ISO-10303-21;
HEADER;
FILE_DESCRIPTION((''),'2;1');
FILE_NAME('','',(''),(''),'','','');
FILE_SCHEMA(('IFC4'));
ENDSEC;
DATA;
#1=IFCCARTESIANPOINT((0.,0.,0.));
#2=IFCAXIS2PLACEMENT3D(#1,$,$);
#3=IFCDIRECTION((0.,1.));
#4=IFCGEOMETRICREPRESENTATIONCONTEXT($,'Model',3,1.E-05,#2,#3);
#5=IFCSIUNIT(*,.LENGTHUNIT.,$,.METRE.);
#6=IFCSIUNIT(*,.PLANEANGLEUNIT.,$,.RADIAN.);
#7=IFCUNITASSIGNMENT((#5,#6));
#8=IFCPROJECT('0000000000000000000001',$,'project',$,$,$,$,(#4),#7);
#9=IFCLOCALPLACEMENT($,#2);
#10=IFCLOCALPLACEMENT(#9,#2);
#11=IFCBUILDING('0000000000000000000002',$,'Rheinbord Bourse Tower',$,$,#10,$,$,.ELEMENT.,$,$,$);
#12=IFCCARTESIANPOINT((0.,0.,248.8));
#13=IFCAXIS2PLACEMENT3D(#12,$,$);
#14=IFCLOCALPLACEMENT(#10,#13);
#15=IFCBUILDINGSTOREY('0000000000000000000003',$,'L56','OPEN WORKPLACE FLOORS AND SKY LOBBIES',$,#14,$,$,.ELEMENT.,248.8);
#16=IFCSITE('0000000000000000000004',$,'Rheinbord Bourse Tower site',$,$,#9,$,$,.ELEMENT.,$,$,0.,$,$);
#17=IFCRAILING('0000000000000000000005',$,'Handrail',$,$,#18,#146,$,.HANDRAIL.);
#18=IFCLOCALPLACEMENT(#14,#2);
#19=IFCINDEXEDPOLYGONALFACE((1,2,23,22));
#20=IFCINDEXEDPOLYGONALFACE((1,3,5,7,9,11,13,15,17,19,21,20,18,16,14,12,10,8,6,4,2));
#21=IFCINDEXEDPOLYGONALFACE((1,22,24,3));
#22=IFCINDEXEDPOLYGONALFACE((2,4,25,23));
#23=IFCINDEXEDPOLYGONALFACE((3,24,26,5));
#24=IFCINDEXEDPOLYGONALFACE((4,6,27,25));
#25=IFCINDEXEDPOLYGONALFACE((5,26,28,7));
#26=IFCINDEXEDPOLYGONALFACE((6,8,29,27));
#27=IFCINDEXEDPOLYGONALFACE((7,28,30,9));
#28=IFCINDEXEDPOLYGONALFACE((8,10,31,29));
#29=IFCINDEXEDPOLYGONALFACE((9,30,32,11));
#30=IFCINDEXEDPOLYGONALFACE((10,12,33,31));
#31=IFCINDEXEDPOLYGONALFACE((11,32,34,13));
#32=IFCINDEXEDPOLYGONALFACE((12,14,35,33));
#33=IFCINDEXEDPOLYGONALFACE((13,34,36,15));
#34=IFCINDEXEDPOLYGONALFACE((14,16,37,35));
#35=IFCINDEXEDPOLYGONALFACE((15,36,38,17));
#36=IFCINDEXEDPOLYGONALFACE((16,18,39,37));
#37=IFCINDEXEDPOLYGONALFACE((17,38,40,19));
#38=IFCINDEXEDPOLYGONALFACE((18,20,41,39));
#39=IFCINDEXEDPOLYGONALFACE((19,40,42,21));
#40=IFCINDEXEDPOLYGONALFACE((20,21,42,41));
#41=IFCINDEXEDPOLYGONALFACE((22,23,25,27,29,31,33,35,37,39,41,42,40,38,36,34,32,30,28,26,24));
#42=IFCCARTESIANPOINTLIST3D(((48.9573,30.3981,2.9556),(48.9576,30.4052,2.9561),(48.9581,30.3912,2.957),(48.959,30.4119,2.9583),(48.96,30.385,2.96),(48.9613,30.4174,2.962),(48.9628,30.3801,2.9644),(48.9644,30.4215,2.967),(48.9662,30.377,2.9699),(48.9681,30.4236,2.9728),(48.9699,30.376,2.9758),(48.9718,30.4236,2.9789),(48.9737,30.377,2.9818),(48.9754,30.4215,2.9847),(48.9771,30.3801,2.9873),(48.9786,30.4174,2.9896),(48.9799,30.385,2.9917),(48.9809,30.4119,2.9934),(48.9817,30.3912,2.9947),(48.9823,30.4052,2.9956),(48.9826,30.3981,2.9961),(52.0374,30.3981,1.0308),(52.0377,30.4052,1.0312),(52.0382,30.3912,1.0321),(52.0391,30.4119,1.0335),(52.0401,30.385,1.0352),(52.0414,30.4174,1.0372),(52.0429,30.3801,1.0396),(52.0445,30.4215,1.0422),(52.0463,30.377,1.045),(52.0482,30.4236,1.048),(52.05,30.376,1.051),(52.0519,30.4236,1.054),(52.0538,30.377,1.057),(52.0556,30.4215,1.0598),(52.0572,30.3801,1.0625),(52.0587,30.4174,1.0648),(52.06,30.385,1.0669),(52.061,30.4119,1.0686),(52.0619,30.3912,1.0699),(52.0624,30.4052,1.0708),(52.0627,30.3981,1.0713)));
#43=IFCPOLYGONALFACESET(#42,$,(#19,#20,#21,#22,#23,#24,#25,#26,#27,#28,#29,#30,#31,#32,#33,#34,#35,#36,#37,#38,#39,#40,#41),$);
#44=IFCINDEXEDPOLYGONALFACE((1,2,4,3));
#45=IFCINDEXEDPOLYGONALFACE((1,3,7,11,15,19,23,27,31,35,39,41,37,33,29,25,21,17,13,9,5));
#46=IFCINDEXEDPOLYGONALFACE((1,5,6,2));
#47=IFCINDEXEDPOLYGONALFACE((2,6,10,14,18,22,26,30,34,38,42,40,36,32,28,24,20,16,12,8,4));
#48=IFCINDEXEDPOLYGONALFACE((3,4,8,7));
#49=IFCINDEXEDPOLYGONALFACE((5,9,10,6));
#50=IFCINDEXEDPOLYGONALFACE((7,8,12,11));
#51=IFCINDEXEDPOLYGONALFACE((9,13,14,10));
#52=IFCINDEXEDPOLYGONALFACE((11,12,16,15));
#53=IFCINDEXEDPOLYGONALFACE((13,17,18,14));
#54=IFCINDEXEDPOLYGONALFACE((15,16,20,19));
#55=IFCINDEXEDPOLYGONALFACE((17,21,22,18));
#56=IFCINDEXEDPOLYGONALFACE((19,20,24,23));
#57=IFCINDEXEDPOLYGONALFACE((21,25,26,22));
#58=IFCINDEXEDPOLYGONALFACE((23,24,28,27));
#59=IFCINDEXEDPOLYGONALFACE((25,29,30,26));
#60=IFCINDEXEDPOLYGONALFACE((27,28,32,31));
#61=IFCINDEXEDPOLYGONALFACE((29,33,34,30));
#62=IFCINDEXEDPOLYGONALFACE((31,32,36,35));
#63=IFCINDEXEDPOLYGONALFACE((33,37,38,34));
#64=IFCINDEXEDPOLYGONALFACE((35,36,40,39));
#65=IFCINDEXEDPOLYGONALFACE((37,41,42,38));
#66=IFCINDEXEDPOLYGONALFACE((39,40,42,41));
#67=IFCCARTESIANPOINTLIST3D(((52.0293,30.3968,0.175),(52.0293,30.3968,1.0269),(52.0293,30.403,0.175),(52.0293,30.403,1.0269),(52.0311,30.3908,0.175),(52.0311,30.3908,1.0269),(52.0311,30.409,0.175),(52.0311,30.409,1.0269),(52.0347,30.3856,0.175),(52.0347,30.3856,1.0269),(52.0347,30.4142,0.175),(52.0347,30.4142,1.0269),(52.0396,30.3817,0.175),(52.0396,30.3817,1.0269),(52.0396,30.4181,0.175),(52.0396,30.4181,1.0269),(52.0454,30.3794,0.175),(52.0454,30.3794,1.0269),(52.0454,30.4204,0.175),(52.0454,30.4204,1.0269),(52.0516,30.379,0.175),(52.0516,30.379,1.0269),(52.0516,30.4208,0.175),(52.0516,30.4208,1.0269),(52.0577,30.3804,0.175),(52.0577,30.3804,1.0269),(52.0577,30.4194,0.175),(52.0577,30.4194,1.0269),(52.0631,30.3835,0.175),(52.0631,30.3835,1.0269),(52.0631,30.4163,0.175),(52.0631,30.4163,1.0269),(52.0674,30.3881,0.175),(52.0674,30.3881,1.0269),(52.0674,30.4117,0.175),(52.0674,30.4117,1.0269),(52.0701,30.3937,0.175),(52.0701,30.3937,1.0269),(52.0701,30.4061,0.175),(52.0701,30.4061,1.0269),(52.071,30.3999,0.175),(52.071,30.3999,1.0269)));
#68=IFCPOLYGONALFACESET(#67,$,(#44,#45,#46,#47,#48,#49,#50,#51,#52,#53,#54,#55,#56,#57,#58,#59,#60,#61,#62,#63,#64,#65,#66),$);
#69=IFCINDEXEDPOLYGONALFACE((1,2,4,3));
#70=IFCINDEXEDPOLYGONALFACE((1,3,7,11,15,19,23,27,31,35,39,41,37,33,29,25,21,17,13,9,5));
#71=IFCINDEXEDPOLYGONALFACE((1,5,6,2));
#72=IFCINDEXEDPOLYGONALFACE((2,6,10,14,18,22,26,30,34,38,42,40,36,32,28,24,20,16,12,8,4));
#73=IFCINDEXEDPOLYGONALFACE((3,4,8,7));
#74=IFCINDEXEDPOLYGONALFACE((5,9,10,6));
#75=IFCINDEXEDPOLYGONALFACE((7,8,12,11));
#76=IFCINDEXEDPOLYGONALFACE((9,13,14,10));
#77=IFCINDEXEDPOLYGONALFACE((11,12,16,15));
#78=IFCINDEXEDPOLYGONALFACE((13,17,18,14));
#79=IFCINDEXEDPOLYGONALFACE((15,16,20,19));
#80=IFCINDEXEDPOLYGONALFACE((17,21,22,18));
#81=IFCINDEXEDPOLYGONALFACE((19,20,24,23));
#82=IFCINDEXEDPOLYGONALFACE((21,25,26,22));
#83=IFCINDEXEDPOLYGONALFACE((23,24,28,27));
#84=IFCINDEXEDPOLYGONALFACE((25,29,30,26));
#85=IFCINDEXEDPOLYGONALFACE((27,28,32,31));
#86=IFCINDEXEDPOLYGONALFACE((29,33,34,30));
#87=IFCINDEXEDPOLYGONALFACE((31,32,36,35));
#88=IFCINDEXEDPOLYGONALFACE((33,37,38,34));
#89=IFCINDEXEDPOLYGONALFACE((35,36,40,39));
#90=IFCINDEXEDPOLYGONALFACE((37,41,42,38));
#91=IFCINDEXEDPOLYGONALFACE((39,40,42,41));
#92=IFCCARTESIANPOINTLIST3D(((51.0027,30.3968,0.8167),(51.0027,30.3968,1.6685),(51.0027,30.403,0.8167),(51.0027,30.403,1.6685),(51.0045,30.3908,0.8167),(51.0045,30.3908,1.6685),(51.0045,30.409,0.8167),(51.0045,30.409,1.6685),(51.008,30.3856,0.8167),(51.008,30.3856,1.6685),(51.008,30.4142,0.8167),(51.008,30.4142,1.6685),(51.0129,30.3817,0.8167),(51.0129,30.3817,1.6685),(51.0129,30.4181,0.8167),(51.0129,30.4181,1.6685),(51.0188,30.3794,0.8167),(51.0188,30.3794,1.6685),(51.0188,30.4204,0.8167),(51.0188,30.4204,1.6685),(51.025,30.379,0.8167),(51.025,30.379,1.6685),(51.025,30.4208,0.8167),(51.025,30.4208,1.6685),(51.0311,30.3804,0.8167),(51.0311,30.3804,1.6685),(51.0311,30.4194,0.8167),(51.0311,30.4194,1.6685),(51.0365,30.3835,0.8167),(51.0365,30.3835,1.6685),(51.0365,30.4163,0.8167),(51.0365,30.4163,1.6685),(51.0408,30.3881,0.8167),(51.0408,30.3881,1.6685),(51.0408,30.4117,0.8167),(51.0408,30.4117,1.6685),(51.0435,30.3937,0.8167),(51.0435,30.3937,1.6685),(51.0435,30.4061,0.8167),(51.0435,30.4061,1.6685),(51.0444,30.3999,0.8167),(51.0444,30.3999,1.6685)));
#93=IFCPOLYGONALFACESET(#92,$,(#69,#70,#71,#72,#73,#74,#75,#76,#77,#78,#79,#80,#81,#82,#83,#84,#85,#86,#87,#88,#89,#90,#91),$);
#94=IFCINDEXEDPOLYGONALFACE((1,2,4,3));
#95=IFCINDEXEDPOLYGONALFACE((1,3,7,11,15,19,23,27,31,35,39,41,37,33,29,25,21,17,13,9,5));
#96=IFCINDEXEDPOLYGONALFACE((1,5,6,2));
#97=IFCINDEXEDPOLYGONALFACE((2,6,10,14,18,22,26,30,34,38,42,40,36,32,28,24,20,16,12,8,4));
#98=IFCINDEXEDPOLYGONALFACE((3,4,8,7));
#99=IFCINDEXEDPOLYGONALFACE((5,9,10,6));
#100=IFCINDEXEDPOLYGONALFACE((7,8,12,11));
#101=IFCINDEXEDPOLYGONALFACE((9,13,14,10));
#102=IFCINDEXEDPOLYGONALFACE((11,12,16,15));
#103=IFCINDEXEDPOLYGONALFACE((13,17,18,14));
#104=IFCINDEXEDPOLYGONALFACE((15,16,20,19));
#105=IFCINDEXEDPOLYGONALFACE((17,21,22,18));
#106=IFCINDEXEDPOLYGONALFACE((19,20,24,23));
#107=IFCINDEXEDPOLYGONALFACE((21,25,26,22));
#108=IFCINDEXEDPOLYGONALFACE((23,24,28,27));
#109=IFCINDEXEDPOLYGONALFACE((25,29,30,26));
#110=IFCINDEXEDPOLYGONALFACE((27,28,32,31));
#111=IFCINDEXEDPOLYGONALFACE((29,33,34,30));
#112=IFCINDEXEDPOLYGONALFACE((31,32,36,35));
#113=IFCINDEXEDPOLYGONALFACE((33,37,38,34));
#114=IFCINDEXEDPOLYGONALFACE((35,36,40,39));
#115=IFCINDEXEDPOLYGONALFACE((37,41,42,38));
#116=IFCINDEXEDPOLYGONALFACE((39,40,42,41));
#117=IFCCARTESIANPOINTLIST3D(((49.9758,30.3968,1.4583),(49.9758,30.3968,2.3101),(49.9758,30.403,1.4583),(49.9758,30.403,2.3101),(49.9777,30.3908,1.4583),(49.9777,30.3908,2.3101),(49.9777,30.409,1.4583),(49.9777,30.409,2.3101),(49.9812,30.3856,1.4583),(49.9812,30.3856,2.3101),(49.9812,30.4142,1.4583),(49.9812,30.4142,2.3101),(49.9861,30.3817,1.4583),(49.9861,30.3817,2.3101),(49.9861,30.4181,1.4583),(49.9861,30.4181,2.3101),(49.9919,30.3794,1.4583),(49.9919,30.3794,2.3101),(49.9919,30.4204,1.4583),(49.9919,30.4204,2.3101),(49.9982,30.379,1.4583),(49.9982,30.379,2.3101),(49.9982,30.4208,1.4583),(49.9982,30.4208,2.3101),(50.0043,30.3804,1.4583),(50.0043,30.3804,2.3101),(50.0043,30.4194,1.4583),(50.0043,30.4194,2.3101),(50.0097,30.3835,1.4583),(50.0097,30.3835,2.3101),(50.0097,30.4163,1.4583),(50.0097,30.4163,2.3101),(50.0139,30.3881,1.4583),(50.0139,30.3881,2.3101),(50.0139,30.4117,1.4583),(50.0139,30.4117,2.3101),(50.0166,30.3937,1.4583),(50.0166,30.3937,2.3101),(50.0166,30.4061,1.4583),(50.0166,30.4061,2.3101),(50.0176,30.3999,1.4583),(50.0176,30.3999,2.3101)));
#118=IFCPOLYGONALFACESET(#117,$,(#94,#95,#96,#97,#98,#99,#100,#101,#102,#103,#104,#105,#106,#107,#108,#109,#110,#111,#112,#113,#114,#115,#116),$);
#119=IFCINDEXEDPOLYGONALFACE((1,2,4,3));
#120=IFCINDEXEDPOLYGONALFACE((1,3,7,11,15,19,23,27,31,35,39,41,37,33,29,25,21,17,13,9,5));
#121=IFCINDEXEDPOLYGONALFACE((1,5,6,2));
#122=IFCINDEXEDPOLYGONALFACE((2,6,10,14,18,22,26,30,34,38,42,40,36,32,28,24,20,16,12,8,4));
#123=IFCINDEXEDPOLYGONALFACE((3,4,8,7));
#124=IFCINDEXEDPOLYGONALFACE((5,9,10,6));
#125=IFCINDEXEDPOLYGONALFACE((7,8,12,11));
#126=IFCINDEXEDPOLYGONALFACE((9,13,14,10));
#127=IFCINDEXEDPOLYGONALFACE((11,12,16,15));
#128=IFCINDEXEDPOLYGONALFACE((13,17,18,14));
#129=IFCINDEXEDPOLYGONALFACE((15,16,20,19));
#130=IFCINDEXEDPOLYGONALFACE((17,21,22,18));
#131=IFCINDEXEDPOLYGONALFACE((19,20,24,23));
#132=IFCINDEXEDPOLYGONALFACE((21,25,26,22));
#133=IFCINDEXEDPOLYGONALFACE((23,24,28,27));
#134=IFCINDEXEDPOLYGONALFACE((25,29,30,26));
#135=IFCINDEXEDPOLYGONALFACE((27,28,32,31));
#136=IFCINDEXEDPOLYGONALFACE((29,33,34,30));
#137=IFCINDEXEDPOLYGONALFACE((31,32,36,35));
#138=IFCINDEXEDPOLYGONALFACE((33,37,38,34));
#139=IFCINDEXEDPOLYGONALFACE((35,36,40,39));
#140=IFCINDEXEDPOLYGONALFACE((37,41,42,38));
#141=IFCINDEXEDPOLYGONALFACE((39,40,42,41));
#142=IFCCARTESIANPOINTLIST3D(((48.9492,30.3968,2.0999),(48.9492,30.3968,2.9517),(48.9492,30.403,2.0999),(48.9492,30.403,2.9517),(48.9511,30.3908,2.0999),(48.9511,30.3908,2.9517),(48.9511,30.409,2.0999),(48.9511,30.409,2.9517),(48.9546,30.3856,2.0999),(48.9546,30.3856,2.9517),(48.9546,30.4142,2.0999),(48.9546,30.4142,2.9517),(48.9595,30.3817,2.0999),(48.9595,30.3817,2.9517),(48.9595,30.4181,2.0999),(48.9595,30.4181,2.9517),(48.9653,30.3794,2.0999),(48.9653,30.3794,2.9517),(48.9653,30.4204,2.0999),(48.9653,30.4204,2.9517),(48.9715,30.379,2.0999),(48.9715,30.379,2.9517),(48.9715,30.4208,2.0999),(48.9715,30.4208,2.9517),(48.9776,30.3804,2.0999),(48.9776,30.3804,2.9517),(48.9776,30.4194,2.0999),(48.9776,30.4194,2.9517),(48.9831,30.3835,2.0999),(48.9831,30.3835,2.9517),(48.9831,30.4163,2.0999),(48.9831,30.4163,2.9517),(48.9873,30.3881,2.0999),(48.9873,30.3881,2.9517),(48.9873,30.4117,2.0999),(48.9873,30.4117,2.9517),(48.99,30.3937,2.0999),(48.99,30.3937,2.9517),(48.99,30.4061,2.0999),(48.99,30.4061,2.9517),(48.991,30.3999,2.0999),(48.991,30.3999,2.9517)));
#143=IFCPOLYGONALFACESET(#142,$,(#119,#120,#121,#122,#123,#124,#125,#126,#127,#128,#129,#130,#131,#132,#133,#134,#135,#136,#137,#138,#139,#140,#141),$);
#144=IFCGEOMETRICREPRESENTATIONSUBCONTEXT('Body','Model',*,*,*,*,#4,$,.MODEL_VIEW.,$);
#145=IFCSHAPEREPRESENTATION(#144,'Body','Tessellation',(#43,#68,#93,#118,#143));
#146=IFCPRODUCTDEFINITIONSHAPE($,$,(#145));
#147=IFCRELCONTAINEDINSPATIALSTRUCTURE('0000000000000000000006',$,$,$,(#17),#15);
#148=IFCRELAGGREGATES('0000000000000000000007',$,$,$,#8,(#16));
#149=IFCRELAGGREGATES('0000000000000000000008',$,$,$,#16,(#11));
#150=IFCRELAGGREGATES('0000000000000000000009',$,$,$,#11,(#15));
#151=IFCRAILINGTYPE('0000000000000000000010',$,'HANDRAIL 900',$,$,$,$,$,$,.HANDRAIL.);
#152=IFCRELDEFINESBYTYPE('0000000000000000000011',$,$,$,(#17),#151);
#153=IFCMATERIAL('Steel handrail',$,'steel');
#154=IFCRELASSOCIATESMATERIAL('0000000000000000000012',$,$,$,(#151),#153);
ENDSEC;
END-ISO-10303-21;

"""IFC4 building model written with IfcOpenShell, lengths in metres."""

from ifc_helpers import new_model, si_unit, direction, frame, origin, origin_2d, place, context, subcontext, project, spatial, circle, extrude, material, type_object, element, save


model = new_model("IFC4")

# Units and contexts
model_context = context("Model", 3, precision=1e-05, world=origin(), true_north=direction((0.0, 1.0)))
body_context = subcontext(model_context, "Body", "Model", "MODEL_VIEW")
ifc_project = project(units=[si_unit("LENGTHUNIT", "METRE"), si_unit("PLANEANGLEUNIT", "RADIAN")], contexts=[model_context])

# Site, building, storey
site_placement = place(None, origin())
site = spatial("IfcSite", under=ifc_project, at=site_placement, Name="Rheinbord Bourse Tower site", CompositionType="ELEMENT", RefElevation=0.0)
building_placement = place(site_placement, origin())
building = spatial("IfcBuilding", under=site, at=building_placement, Name="Rheinbord Bourse Tower", CompositionType="ELEMENT")
storey_placement = place(building_placement, frame((0.0, 0.0, 248.8)))
storey = spatial("IfcBuildingStorey", under=building, at=storey_placement, Name="L56", Description="OPEN WORKPLACE FLOORS AND SKY LOBBIES", CompositionType="ELEMENT", Elevation=248.8)

# Railing
ifc_material_1 = material(Name="Steel handrail", Category="steel")
railing_type = type_object("IfcRailingType", Name="HANDRAIL 900", PredefinedType="HANDRAIL", material=ifc_material_1)
railing_1_placement = place(storey_placement, frame((52.05, 30.3999, 0.175)))
element("IfcRailing", 1, at=railing_1_placement, inside=storey, type_object=railing_type, Name="Handrail", PredefinedType="HANDRAIL", context=body_context, shape_type="SweptSolid", body=[
    extrude(circle(Radius=0.0239, at=origin_2d()), frame((0.0, 0.0, 0.876), z_axis=(-0.848029, 0.0, 0.529951), x_axis=(0.0, -1.0, 0.0)), (0.0, 0.0, 1.0), 3.6321),
    extrude(circle(Radius=0.021, at=origin_2d()), origin(), (0.0, 0.0, 1.0), 0.8518),
    extrude(circle(Radius=0.021, at=origin_2d()), frame((-1.0266, 0.0, 0.6416)), (0.0, 0.0, 1.0), 0.8518),
    extrude(circle(Radius=0.021, at=origin_2d()), frame((-2.0535, 0.0, 1.2832)), (0.0, 0.0, 1.0), 0.8518),
    extrude(circle(Radius=0.021, at=origin_2d()), frame((-3.0801, 0.0, 1.9248)), (0.0, 0.0, 1.0), 0.8518),
])

save(model, "model.ifc")
